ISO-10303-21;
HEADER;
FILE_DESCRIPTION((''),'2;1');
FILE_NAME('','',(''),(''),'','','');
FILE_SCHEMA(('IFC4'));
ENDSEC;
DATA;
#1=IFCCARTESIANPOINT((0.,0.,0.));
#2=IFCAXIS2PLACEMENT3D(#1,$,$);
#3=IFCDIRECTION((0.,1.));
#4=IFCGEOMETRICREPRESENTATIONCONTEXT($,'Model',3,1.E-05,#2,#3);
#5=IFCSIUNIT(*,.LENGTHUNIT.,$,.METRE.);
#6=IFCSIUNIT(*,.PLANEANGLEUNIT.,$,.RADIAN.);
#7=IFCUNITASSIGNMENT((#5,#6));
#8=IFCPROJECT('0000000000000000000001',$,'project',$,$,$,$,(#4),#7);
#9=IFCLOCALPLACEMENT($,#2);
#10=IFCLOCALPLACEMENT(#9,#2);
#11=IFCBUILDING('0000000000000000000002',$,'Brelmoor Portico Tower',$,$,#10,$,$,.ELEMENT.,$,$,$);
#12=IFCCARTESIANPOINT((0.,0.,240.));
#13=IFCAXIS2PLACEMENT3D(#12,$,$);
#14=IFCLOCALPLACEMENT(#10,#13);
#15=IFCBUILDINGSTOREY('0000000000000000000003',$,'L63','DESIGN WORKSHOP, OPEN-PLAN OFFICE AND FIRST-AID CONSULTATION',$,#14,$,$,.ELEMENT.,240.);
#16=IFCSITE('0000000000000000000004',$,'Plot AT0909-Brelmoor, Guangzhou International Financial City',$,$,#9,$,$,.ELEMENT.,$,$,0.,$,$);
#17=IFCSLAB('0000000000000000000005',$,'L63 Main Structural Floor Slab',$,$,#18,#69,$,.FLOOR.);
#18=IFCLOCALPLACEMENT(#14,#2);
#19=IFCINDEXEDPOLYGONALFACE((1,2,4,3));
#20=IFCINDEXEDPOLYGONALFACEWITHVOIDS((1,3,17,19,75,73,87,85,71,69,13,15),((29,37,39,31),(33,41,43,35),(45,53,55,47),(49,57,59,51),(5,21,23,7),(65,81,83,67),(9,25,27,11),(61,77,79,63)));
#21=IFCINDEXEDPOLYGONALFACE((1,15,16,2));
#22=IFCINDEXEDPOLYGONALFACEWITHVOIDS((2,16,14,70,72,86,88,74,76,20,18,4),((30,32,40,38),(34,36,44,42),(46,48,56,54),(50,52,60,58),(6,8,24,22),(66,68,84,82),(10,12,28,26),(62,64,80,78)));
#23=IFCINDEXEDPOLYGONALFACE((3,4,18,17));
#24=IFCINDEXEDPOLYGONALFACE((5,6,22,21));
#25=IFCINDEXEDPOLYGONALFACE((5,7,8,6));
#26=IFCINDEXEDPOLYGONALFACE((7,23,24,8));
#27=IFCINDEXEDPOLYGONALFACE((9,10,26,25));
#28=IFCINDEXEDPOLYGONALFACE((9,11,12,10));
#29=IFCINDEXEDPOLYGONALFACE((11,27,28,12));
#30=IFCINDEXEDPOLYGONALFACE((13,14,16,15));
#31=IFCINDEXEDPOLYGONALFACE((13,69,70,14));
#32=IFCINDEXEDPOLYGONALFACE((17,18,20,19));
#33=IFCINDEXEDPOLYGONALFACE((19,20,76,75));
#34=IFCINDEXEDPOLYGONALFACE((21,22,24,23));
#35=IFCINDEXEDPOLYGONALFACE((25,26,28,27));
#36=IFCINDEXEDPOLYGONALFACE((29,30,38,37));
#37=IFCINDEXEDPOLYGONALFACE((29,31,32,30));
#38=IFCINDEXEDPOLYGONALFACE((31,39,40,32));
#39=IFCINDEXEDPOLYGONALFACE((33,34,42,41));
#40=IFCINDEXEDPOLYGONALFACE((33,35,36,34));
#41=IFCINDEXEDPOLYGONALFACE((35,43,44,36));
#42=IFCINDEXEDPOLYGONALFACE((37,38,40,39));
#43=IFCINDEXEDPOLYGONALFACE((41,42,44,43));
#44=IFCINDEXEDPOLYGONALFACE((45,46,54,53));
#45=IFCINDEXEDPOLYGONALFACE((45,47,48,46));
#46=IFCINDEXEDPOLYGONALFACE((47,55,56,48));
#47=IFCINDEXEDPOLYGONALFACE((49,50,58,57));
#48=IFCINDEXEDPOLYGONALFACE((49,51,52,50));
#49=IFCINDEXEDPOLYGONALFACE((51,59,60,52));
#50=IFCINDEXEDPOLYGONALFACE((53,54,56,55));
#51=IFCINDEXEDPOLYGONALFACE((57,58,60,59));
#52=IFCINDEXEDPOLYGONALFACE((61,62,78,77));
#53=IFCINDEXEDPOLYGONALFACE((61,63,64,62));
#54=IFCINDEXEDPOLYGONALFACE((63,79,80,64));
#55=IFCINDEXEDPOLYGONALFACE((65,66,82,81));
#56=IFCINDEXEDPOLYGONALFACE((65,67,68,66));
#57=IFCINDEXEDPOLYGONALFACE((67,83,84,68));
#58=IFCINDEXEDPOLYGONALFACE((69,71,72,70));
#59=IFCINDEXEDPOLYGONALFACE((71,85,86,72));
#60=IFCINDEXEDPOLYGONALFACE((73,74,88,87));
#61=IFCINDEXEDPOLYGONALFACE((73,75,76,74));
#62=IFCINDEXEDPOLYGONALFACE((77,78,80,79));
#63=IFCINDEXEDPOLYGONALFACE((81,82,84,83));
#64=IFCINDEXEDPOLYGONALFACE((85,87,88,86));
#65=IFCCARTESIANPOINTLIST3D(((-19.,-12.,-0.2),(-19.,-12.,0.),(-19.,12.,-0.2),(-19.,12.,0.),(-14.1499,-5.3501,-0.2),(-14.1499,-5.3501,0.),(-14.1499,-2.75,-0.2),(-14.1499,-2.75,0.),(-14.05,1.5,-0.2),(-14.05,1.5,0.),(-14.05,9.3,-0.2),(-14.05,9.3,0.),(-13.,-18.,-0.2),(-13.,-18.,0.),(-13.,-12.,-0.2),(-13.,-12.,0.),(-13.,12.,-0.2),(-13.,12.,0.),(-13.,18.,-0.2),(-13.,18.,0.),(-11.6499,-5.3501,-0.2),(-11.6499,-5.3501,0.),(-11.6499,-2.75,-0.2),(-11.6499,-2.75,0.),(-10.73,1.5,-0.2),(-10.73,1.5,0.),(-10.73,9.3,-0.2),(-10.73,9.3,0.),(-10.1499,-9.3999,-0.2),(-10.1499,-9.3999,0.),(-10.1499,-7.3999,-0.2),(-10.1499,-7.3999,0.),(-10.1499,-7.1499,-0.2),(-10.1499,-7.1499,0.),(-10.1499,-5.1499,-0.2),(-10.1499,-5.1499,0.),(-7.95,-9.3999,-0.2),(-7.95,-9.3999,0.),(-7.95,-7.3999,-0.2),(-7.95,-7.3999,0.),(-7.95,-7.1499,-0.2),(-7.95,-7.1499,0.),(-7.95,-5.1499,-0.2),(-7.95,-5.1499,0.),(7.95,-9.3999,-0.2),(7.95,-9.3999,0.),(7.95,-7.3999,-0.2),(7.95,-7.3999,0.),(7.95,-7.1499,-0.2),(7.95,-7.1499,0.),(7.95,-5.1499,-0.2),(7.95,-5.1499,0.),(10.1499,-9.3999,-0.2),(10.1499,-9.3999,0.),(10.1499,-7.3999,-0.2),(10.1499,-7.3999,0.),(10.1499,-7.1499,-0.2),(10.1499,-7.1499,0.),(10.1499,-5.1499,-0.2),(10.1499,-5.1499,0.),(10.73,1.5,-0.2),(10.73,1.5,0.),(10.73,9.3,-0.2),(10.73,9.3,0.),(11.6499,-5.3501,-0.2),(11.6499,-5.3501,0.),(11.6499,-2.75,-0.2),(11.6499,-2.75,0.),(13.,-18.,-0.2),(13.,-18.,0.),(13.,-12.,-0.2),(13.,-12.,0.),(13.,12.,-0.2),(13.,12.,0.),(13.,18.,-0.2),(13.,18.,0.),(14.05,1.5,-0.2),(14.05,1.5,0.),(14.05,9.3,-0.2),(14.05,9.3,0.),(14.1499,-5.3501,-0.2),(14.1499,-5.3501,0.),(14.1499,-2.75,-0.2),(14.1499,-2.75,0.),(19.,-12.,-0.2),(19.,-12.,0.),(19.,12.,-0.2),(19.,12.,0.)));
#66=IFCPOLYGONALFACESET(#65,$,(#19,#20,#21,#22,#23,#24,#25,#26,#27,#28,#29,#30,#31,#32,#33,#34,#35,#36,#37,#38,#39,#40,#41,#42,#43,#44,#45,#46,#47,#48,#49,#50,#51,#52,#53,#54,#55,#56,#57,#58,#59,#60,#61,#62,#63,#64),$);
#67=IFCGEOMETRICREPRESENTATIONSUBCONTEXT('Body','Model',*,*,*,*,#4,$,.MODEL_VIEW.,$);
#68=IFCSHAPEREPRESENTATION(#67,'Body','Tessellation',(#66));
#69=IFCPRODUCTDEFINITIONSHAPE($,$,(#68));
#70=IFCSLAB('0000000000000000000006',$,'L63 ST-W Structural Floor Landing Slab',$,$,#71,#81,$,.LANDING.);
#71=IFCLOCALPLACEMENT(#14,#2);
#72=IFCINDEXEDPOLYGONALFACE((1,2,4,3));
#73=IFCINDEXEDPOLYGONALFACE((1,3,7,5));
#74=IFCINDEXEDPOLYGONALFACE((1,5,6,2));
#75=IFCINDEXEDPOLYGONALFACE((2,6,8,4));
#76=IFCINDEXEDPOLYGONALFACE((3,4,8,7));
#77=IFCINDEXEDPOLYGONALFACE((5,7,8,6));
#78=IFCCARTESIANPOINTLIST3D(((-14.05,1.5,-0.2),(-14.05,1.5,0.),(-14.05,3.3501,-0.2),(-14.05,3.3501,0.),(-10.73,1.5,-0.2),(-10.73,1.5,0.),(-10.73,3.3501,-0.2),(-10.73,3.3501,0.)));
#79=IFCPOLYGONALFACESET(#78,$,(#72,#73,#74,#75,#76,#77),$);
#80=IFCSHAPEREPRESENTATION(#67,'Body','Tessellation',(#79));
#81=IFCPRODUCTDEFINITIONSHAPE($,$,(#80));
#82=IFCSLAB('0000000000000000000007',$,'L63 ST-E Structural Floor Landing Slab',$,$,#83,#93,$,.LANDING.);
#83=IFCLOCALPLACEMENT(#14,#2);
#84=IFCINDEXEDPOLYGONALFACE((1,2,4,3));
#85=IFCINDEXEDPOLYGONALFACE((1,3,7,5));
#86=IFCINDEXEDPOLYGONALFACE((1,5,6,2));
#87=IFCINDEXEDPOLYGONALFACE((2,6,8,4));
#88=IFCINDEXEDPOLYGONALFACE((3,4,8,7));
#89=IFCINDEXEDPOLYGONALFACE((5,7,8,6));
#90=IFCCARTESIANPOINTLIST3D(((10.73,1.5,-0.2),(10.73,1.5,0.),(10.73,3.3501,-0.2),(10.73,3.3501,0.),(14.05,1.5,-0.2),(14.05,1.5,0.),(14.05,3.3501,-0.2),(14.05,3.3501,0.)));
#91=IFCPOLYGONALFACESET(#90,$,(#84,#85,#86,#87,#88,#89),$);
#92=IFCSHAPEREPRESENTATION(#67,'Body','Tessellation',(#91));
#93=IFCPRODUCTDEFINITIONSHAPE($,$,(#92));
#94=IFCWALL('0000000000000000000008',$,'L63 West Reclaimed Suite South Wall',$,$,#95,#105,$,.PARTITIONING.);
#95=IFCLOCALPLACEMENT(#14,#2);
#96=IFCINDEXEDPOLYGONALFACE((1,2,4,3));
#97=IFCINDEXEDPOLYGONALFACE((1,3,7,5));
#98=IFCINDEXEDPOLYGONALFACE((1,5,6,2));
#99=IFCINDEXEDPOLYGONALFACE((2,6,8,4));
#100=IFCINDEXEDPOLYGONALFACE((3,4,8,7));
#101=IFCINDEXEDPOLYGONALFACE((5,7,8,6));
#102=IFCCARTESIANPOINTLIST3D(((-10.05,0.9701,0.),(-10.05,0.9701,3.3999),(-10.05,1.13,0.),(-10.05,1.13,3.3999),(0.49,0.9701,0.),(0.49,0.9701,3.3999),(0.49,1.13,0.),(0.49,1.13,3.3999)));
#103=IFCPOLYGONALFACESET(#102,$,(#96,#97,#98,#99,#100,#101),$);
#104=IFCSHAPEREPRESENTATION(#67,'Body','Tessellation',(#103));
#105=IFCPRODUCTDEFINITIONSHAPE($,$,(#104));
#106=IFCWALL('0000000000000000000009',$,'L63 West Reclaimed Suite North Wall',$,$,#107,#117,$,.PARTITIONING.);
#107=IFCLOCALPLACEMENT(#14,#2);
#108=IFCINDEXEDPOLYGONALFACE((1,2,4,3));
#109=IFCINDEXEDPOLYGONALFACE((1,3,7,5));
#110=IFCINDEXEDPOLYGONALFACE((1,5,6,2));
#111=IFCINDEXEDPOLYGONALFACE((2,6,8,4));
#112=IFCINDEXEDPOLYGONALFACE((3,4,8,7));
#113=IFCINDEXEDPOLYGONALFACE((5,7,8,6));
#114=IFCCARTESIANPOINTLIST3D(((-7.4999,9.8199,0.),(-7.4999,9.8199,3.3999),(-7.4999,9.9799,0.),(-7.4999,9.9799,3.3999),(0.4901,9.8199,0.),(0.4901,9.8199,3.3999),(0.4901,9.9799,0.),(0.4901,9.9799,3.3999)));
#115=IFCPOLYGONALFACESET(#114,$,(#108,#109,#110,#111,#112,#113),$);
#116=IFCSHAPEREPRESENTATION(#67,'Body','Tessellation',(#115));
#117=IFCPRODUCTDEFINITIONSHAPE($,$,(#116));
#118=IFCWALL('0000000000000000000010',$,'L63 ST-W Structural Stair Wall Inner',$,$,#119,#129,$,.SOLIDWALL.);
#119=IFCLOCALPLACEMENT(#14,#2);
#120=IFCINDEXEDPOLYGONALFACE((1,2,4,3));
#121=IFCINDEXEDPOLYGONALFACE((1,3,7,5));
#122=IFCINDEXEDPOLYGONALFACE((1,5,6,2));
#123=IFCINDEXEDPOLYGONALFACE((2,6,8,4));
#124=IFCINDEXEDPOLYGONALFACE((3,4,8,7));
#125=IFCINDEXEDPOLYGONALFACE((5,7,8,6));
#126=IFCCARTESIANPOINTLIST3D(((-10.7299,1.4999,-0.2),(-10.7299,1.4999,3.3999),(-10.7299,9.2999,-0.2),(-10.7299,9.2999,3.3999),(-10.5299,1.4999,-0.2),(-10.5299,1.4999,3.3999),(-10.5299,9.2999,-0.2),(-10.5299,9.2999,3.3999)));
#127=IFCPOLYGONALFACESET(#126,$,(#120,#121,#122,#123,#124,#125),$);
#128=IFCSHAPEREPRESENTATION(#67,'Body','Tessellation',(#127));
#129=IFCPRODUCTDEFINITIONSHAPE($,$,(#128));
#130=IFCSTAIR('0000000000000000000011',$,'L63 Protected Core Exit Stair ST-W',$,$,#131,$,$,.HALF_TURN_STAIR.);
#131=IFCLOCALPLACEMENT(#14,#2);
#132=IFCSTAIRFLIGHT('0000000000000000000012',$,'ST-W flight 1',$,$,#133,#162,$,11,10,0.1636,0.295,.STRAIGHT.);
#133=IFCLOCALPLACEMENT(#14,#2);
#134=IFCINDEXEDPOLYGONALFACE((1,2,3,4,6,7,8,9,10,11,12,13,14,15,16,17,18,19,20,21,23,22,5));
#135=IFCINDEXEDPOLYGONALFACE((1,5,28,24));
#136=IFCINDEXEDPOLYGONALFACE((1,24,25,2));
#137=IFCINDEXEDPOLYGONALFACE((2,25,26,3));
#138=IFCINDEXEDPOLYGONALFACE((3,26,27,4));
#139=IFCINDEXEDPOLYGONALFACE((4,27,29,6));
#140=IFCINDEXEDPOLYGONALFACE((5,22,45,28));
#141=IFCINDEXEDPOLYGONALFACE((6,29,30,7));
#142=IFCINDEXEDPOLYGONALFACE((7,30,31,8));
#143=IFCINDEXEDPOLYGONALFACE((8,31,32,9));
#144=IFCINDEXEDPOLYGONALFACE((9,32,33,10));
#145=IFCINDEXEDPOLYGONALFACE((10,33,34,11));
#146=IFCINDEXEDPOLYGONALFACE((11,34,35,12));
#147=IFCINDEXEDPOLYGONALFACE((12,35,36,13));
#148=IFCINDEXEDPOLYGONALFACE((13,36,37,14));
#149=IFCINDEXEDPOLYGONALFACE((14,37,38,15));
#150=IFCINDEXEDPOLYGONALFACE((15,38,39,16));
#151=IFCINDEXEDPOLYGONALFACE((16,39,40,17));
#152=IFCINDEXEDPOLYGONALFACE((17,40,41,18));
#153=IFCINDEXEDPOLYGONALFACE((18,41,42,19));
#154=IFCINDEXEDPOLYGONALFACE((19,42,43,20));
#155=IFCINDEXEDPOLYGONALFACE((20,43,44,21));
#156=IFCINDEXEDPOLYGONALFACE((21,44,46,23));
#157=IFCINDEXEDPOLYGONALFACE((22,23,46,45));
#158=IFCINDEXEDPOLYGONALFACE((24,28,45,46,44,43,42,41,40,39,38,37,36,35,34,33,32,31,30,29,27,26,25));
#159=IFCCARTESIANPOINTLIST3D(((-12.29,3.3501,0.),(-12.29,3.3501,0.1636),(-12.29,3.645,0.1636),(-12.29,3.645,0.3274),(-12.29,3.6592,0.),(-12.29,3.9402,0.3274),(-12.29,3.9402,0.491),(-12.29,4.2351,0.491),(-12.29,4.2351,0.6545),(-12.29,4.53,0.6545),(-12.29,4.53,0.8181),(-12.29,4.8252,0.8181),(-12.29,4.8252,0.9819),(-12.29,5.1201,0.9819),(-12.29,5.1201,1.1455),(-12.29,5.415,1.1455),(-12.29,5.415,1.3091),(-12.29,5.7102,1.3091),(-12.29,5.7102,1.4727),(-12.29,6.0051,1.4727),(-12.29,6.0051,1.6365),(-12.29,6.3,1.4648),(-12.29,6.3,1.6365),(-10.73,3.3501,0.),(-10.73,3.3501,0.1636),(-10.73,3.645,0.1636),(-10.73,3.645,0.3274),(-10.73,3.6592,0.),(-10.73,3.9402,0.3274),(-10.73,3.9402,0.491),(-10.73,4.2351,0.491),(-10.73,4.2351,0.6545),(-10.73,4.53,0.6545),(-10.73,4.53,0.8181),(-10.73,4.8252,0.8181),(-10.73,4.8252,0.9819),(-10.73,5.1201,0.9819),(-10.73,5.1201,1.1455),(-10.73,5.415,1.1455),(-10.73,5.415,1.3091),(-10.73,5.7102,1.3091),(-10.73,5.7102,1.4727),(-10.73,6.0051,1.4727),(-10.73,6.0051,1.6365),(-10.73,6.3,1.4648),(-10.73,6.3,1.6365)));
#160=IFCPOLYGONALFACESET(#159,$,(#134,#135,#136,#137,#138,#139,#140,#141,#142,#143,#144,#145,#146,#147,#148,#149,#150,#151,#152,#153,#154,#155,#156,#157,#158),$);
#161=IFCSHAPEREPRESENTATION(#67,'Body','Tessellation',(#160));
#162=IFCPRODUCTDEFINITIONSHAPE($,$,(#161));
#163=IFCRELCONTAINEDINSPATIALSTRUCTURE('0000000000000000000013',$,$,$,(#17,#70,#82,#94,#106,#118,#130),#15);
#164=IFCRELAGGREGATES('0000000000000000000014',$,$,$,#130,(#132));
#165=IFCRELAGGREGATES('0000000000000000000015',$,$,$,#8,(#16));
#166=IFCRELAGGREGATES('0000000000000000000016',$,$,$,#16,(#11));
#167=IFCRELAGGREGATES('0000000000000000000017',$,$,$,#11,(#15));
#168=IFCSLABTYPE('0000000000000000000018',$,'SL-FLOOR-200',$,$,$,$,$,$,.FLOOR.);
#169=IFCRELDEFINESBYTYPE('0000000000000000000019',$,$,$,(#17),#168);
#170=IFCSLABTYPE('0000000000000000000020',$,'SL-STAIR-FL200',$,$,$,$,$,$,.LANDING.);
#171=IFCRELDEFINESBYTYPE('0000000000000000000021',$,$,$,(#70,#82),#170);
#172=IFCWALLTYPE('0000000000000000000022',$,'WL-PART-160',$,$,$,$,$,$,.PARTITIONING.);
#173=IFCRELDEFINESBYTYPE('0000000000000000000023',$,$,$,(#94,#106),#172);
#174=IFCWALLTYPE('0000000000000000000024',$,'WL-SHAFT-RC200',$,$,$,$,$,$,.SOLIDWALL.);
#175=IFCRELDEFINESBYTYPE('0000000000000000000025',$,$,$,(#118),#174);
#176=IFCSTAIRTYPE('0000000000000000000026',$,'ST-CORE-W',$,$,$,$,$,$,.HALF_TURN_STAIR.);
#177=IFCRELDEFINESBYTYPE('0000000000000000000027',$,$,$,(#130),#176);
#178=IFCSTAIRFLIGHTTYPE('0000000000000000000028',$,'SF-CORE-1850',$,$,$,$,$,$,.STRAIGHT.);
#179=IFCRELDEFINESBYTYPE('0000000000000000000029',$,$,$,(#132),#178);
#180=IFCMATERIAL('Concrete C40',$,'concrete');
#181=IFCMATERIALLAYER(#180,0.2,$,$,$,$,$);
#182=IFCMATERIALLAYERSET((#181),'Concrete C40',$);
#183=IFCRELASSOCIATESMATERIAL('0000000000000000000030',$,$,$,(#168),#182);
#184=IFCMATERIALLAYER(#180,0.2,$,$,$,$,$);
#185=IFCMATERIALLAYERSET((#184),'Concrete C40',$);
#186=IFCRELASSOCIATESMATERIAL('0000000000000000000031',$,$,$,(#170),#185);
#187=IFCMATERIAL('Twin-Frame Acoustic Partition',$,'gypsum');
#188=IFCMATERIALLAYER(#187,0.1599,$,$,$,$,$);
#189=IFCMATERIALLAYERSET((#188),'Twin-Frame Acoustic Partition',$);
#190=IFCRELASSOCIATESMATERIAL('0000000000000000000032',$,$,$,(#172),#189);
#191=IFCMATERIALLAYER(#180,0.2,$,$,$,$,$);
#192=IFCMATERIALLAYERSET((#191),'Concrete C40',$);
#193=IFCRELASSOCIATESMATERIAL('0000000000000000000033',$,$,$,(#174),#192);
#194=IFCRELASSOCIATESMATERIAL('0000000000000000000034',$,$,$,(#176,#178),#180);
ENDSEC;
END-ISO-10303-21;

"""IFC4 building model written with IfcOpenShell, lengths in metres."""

from ifc_helpers import new_model, si_unit, direction, frame, frame_2d, origin, place, context, subcontext, project, spatial, polyline, rectangle, outline, extrude, material, layer, layer_set, type_object, element, aggregate, save


model = new_model("IFC4")

# Units and contexts
model_context = context("Model", 3, precision=1e-05, world=origin(), true_north=direction((0.0, 1.0)))
body_context = subcontext(model_context, "Body", "Model", "MODEL_VIEW")
ifc_project = project(units=[si_unit("LENGTHUNIT", "METRE"), si_unit("PLANEANGLEUNIT", "RADIAN")], contexts=[model_context])

# Site, building, storey
site_placement = place(None, origin())
site = spatial("IfcSite", under=ifc_project, at=site_placement, Name="Plot AT0909-Brelmoor, Guangzhou International Financial City", CompositionType="ELEMENT", RefElevation=0.0)
building_placement = place(site_placement, origin())
building = spatial("IfcBuilding", under=site, at=building_placement, Name="Brelmoor Portico Tower", CompositionType="ELEMENT")
storey_placement = place(building_placement, frame((0.0, 0.0, 240.0)))
storey = spatial("IfcBuildingStorey", under=building, at=storey_placement, Name="L63", Description="DESIGN WORKSHOP, OPEN-PLAN OFFICE AND FIRST-AID CONSULTATION", CompositionType="ELEMENT", Elevation=240.0)

# Slabs
ifc_material_1 = material(Name="Concrete C40", Category="concrete")
ifc_layer_1 = layer(ifc_material_1, 0.2)
ifc_layer_set_1 = layer_set([ifc_layer_1], Name="Concrete C40")
slab_type_1 = type_object("IfcSlabType", Name="SL-FLOOR-200", PredefinedType="FLOOR", material=ifc_layer_set_1)
slab_1_placement = place(storey_placement, frame((0.0, 0.0, -0.2)))
element("IfcSlab", 1, at=slab_1_placement, inside=storey, type_object=slab_type_1, Name="L63 Main Structural Floor Slab", PredefinedType="FLOOR", context=body_context, shape_type="SweptSolid", body=[
    extrude(outline(polyline([(-13.0, -18.0), (13.0, -18.0), (13.0, -12.0), (19.0, -12.0), (19.0, 12.0), (13.0, 12.0), (13.0, 18.0), (-13.0, 18.0), (-13.0, 12.0), (-19.0, 12.0), (-19.0, -12.0), (-13.0, -12.0), (-13.0, -18.0)]), holes=[polyline([(-10.73, 1.5), (-10.73, 9.3), (-14.05, 9.3), (-14.05, 1.5), (-10.73, 1.5)]), polyline([(14.05, 1.5), (14.05, 9.3), (10.73, 9.3), (10.73, 1.5), (14.05, 1.5)]), polyline([(-10.1499, -9.3999), (-7.95, -9.3999), (-7.95, -7.3999), (-10.1499, -7.3999), (-10.1499, -9.3999)]), polyline([(-10.1499, -7.1499), (-7.95, -7.1499), (-7.95, -5.1499), (-10.1499, -5.1499), (-10.1499, -7.1499)]), polyline([(7.95, -9.3999), (10.1499, -9.3999), (10.1499, -7.3999), (7.95, -7.3999), (7.95, -9.3999)]), polyline([(7.95, -7.1499), (10.1499, -7.1499), (10.1499, -5.1499), (7.95, -5.1499), (7.95, -7.1499)]), polyline([(-14.1499, -5.3501), (-11.6499, -5.3501), (-11.6499, -2.75), (-14.1499, -2.75), (-14.1499, -5.3501)]), polyline([(11.6499, -5.3501), (14.1499, -5.3501), (14.1499, -2.75), (11.6499, -2.75), (11.6499, -5.3501)])]), origin(), (0.0, 0.0, 1.0), 0.2),
])
ifc_layer_2 = layer(ifc_material_1, 0.2)
ifc_layer_set_2 = layer_set([ifc_layer_2], Name="Concrete C40")
slab_type_2 = type_object("IfcSlabType", Name="SL-STAIR-FL200", PredefinedType="LANDING", material=ifc_layer_set_2)
slab_2_placement = place(storey_placement, frame((0.0, 0.0, -0.2)))
element("IfcSlab", 2, at=slab_2_placement, inside=storey, type_object=slab_type_2, Name="L63 ST-W Structural Floor Landing Slab", PredefinedType="LANDING", context=body_context, shape_type="SweptSolid", body=[
    extrude(outline(polyline([(-10.73, 1.5), (-10.73, 3.3501), (-14.05, 3.3501), (-14.05, 1.5), (-10.73, 1.5)])), origin(), (0.0, 0.0, 1.0), 0.2),
])
slab_3_placement = place(storey_placement, frame((0.0, 0.0, -0.2)))
element("IfcSlab", 3, at=slab_3_placement, inside=storey, type_object=slab_type_2, Name="L63 ST-E Structural Floor Landing Slab", PredefinedType="LANDING", context=body_context, shape_type="SweptSolid", body=[
    extrude(outline(polyline([(14.05, 1.5), (14.05, 3.3501), (10.73, 3.3501), (10.73, 1.5), (14.05, 1.5)])), origin(), (0.0, 0.0, 1.0), 0.2),
])

# Walls
ifc_material_2 = material(Name="Twin-Frame Acoustic Partition", Category="gypsum")
ifc_layer_3 = layer(ifc_material_2, 0.1599)
ifc_layer_set_3 = layer_set([ifc_layer_3], Name="Twin-Frame Acoustic Partition")
wall_type_1 = type_object("IfcWallType", Name="WL-PART-160", PredefinedType="PARTITIONING", material=ifc_layer_set_3)
wall_1_placement = place(storey_placement, frame((-10.05, 1.05, 0.0), z_axis=(0.0, 0.0, 1.0), x_axis=(1.0, 0.0, 0.0)))
element("IfcWall", 4, at=wall_1_placement, inside=storey, type_object=wall_type_1, Name="L63 West Reclaimed Suite South Wall", PredefinedType="PARTITIONING", context=body_context, shape_type="SweptSolid", body=[
    extrude(rectangle(XDim=10.54, YDim=0.1599, at=frame_2d((5.27, 0.0))), origin(), (0.0, 0.0, 1.0), 3.3999),
])
wall_2_placement = place(storey_placement, frame((-7.5, 9.8999, 0.0), z_axis=(0.0, 0.0, 1.0), x_axis=(1.0, 0.0, 0.0)))
element("IfcWall", 5, at=wall_2_placement, inside=storey, type_object=wall_type_1, Name="L63 West Reclaimed Suite North Wall", PredefinedType="PARTITIONING", context=body_context, shape_type="SweptSolid", body=[
    extrude(rectangle(XDim=7.99, YDim=0.1599, at=frame_2d((3.9951, 0.0))), origin(), (0.0, 0.0, 1.0), 3.3999),
])
ifc_layer_4 = layer(ifc_material_1, 0.2)
ifc_layer_set_4 = layer_set([ifc_layer_4], Name="Concrete C40")
wall_type_2 = type_object("IfcWallType", Name="WL-SHAFT-RC200", PredefinedType="SOLIDWALL", material=ifc_layer_set_4)
wall_3_placement = place(storey_placement, frame((-10.6299, 1.5, -0.2), z_axis=(0.0, 0.0, 1.0), x_axis=(0.0, 1.0, 0.0)))
element("IfcWall", 6, at=wall_3_placement, inside=storey, type_object=wall_type_2, Name="L63 ST-W Structural Stair Wall Inner", PredefinedType="SOLIDWALL", context=body_context, shape_type="SweptSolid", body=[
    extrude(rectangle(XDim=7.8, YDim=0.2, at=frame_2d((3.8999, 0.0))), origin(), (0.0, 0.0, 1.0), 3.5999),
])

# Stair, stair flight
stair_type = type_object("IfcStairType", Name="ST-CORE-W", PredefinedType="HALF_TURN_STAIR", material=ifc_material_1)
stair_placement = place(storey_placement, origin())
stair = element("IfcStair", 7, at=stair_placement, inside=storey, type_object=stair_type, Name="L63 Protected Core Exit Stair ST-W", PredefinedType="HALF_TURN_STAIR")
stair_flight_type = type_object("IfcStairFlightType", Name="SF-CORE-1850", PredefinedType="STRAIGHT", material=ifc_material_1)
stair_flight_placement = place(storey_placement, frame((-11.51, 3.3501, 0.0), z_axis=(0.0, 0.0, 1.0), x_axis=(0.0, 1.0, 0.0)))
stair_flight = element("IfcStairFlight", 8, at=stair_flight_placement, type_object=stair_flight_type, Name="ST-W flight 1", NumberOfRisers=11, NumberOfTreads=10, PredefinedType="STRAIGHT", RiserHeight=0.1636, TreadLength=0.295, context=body_context, shape_type="SweptSolid", body=[
    extrude(outline(polyline([(0.0, 0.0), (0.0, 0.1636), (0.2949, 0.1636), (0.2949, 0.3274), (0.5901, 0.3274), (0.5901, 0.491), (0.885, 0.491), (0.885, 0.6545), (1.1799, 0.6545), (1.1799, 0.8181), (1.4751, 0.8181), (1.4751, 0.9819), (1.77, 0.9819), (1.77, 1.1455), (2.0649, 1.1455), (2.0649, 1.3091), (2.3601, 1.3091), (2.3601, 1.4727), (2.655, 1.4727), (2.655, 1.6365), (2.95, 1.6365), (2.95, 1.8), (2.95, 1.4648), (0.3091, 0.0), (0.0, 0.0)])), frame((0.0, 0.78, 0.0), z_axis=(0.0, -1.0, 0.0), x_axis=(1.0, 0.0, 0.0)), (0.0, 0.0, 1.0), 1.5601),
])
aggregate(stair, [stair_flight])

save(model, "model.ifc")
